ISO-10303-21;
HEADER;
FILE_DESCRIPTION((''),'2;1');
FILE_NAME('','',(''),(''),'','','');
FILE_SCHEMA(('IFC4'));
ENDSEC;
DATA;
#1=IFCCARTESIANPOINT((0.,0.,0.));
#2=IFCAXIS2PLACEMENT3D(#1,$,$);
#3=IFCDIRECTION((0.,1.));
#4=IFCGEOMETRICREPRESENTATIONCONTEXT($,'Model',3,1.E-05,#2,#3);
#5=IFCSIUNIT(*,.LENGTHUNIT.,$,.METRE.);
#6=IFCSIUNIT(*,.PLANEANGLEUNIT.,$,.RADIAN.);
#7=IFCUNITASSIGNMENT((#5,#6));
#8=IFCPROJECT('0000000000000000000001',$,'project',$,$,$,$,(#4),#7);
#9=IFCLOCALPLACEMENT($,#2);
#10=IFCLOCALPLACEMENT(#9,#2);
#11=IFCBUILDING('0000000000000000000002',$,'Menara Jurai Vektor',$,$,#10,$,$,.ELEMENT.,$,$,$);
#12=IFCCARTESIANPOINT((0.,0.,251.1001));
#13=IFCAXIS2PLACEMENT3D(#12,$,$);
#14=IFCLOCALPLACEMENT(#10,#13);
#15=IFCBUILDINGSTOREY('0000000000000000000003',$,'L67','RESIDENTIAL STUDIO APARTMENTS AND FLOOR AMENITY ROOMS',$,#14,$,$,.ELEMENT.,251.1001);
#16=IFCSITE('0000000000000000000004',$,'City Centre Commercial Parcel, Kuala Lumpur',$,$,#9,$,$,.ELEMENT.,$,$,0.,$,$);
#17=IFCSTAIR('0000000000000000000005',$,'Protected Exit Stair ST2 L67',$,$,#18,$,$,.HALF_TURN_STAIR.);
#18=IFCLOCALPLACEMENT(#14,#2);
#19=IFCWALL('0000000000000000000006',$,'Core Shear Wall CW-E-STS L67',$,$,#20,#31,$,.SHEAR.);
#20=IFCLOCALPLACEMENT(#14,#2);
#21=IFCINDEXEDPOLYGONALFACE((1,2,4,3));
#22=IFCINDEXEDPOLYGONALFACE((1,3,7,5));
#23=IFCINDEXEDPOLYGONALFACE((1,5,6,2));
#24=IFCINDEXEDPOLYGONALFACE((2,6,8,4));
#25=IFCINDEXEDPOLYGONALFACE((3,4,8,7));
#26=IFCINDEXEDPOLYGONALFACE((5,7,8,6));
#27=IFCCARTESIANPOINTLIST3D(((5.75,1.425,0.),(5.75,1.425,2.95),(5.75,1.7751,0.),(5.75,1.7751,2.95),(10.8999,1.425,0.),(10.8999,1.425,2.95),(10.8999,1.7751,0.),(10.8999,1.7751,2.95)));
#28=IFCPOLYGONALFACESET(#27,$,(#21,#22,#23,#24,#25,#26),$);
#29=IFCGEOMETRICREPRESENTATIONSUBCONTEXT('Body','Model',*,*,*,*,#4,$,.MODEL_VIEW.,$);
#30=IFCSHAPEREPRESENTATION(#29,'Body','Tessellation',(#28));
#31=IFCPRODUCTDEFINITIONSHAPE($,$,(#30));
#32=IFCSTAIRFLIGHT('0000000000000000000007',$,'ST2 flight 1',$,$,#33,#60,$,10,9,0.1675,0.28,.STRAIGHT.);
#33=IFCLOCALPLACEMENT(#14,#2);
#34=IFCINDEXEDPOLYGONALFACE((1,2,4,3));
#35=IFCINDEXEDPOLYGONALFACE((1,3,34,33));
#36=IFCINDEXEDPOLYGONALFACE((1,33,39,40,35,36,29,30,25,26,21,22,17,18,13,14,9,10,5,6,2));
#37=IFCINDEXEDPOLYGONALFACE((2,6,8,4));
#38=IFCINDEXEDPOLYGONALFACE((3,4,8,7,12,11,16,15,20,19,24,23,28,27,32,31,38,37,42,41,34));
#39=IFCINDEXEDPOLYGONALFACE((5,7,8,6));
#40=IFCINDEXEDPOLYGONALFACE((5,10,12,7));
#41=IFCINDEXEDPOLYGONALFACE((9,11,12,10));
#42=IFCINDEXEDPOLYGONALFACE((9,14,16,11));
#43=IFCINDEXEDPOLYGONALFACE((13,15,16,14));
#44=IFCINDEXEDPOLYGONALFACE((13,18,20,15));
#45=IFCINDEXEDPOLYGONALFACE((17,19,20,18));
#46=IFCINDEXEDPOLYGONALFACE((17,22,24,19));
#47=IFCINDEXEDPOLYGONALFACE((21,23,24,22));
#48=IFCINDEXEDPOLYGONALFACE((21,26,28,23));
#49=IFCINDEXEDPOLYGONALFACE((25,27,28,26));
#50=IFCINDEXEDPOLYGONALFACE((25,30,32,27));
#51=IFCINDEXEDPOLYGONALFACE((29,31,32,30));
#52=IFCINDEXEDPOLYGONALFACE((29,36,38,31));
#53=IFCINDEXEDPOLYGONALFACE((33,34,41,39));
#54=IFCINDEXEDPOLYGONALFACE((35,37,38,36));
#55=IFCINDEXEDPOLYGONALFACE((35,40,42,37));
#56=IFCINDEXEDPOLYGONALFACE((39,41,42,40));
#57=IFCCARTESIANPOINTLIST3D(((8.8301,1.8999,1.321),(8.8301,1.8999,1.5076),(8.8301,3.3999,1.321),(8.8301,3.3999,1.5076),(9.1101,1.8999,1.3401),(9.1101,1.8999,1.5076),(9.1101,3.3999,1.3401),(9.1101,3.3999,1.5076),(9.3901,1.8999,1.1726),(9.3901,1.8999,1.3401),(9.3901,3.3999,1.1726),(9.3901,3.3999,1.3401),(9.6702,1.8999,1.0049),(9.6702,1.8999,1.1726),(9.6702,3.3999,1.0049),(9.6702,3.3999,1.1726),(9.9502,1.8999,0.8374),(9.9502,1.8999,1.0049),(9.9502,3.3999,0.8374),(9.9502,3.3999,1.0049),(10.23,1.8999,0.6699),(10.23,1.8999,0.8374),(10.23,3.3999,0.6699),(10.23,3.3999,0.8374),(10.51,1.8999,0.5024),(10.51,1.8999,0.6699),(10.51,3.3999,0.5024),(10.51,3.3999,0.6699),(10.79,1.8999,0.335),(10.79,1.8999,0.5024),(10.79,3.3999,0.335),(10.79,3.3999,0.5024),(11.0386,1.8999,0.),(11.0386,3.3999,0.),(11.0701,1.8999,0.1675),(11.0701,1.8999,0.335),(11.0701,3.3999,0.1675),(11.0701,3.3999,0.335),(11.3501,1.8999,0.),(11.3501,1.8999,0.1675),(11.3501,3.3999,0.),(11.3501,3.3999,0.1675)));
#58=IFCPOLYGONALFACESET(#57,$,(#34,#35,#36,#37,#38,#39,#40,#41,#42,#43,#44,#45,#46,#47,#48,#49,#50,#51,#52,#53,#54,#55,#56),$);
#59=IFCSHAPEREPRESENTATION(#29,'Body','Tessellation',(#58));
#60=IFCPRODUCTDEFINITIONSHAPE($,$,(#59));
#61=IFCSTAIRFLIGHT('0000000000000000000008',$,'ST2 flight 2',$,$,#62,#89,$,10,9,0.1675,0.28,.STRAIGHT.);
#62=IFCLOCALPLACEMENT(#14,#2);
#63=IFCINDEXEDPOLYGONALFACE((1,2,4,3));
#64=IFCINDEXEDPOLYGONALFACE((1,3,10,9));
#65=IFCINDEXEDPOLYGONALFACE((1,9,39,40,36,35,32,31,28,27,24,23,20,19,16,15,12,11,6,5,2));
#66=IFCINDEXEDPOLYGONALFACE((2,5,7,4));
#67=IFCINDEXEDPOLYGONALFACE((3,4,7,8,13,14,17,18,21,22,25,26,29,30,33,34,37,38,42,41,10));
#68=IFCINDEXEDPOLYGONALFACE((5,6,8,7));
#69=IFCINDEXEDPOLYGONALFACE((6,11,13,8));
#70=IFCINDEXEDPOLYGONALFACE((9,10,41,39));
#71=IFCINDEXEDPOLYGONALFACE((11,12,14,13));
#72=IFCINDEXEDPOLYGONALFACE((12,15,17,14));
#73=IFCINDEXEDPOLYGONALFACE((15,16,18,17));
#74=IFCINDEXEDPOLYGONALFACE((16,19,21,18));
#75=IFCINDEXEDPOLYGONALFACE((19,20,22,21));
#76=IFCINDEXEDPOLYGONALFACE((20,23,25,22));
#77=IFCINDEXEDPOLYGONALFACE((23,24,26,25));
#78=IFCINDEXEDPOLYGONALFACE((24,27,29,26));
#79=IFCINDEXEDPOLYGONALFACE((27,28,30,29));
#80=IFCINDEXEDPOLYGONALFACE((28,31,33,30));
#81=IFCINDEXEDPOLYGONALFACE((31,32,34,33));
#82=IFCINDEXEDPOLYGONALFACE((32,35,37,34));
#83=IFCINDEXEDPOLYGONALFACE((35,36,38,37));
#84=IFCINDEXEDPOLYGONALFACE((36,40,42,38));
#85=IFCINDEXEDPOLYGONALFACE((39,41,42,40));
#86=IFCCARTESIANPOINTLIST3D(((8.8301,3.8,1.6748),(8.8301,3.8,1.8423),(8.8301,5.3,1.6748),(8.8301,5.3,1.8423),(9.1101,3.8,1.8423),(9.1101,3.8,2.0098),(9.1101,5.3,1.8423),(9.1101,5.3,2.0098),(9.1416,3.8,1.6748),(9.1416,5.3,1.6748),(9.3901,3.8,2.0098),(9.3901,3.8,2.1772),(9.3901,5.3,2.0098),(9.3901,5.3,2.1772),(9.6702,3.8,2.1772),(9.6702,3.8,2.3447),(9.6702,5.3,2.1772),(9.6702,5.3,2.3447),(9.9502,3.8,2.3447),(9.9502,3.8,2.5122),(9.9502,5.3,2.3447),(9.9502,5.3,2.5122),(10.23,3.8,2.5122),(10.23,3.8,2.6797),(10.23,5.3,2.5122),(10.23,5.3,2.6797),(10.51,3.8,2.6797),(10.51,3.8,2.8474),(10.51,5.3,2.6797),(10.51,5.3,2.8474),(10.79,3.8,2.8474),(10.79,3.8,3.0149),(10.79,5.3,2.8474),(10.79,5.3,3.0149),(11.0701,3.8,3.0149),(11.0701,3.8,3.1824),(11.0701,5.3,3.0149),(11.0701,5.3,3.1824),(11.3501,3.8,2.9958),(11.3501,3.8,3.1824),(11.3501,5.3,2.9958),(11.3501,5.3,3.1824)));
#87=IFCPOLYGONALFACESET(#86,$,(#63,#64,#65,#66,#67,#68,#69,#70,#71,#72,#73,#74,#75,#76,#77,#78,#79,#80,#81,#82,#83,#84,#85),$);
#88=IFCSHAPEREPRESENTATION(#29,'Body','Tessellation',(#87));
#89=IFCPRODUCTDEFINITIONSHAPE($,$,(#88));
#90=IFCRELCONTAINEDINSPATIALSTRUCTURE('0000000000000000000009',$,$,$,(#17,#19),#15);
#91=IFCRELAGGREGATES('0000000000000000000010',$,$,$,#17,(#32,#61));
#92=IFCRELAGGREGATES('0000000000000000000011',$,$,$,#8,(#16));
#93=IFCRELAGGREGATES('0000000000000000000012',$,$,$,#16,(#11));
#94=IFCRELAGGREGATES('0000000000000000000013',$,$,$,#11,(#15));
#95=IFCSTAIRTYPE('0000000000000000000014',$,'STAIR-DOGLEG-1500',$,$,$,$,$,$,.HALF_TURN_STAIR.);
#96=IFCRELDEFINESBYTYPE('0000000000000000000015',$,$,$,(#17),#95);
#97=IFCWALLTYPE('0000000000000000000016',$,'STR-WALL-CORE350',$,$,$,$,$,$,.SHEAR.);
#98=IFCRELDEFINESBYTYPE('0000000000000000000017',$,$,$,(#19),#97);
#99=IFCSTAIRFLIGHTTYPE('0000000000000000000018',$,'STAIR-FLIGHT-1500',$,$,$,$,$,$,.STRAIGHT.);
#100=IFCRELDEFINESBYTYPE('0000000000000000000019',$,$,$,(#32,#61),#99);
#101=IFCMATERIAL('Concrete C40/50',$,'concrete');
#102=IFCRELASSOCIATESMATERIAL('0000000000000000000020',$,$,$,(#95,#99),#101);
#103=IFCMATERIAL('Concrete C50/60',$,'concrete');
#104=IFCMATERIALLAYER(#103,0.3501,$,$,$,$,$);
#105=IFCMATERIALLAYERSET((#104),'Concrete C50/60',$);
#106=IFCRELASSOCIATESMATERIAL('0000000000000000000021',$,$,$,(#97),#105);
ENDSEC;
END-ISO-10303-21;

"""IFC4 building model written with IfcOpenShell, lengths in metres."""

from ifc_helpers import new_model, si_unit, direction, frame, frame_2d, origin, place, context, subcontext, project, spatial, polyline, rectangle, outline, extrude, material, layer, layer_set, type_object, element, aggregate, save


model = new_model("IFC4")

# Units and contexts
model_context = context("Model", 3, precision=1e-05, world=origin(), true_north=direction((0.0, 1.0)))
body_context = subcontext(model_context, "Body", "Model", "MODEL_VIEW")
ifc_project = project(units=[si_unit("LENGTHUNIT", "METRE"), si_unit("PLANEANGLEUNIT", "RADIAN")], contexts=[model_context])

# Site, building, storey
site_placement = place(None, origin())
site = spatial("IfcSite", under=ifc_project, at=site_placement, Name="City Centre Commercial Parcel, Kuala Lumpur", CompositionType="ELEMENT", RefElevation=0.0)
building_placement = place(site_placement, origin())
building = spatial("IfcBuilding", under=site, at=building_placement, Name="Menara Jurai Vektor", CompositionType="ELEMENT")
storey_placement = place(building_placement, frame((0.0, 0.0, 251.1001)))
storey = spatial("IfcBuildingStorey", under=building, at=storey_placement, Name="L67", Description="RESIDENTIAL STUDIO APARTMENTS AND FLOOR AMENITY ROOMS", CompositionType="ELEMENT", Elevation=251.1001)

# Shared definitions
ifc_material_1 = material(Name="Concrete C50/60", Category="concrete")

# Stair
ifc_material_2 = material(Name="Concrete C40/50", Category="concrete")
stair_type = type_object("IfcStairType", Name="STAIR-DOGLEG-1500", PredefinedType="HALF_TURN_STAIR", material=ifc_material_2)
stair_1_placement = place(storey_placement, origin())
stair_1 = element("IfcStair", 1, at=stair_1_placement, inside=storey, type_object=stair_type, Name="Protected Exit Stair ST2 L67", PredefinedType="HALF_TURN_STAIR")

# Wall
ifc_layer_1 = layer(ifc_material_1, 0.3501)
ifc_layer_set_1 = layer_set([ifc_layer_1], Name="Concrete C50/60")
wall_type_1 = type_object("IfcWallType", Name="STR-WALL-CORE350", PredefinedType="SHEAR", material=ifc_layer_set_1)
wall_1_placement = place(storey_placement, frame((5.75, 1.6001, 0.0), z_axis=(0.0, 0.0, 1.0), x_axis=(1.0, 0.0, 0.0)))
element("IfcWall", 2, at=wall_1_placement, inside=storey, type_object=wall_type_1, Name="Core Shear Wall CW-E-STS L67", PredefinedType="SHEAR", context=body_context, shape_type="SweptSolid", body=[
    extrude(rectangle(XDim=5.1499, YDim=0.3501, at=frame_2d((2.575, 0.0))), origin(), (0.0, 0.0, 1.0), 2.95),
])

# Stair flights
stair_flight_type = type_object("IfcStairFlightType", Name="STAIR-FLIGHT-1500", PredefinedType="STRAIGHT", material=ifc_material_2)
stair_flight_1_placement = place(storey_placement, frame((11.3501, 2.6499, 0.0), z_axis=(0.0, 0.0, 1.0), x_axis=(-1.0, 0.0, 0.0)))
stair_flight_1 = element("IfcStairFlight", 3, at=stair_flight_1_placement, type_object=stair_flight_type, Name="ST2 flight 1", NumberOfRisers=10, NumberOfTreads=9, PredefinedType="STRAIGHT", RiserHeight=0.1675, TreadLength=0.28, context=body_context, shape_type="SweptSolid", body=[
    extrude(outline(polyline([(0.0, 0.0), (0.0, 0.1675), (0.28, 0.1675), (0.28, 0.335), (0.5601, 0.335), (0.5601, 0.5024), (0.8401, 0.5024), (0.8401, 0.6699), (1.1201, 0.6699), (1.1201, 0.8374), (1.3999, 0.8374), (1.3999, 1.0049), (1.6799, 1.0049), (1.6799, 1.1726), (1.96, 1.1726), (1.96, 1.3401), (2.24, 1.3401), (2.24, 1.5076), (2.52, 1.5076), (2.52, 1.675), (2.52, 1.321), (0.3115, 0.0), (0.0, 0.0)])), frame((0.0, 0.75, 0.0), z_axis=(0.0, -1.0, 0.0), x_axis=(1.0, 0.0, 0.0)), (0.0, 0.0, 1.0), 1.5),
])
stair_flight_2_placement = place(storey_placement, frame((8.8301, 4.55, 1.6748), z_axis=(0.0, 0.0, 1.0), x_axis=(1.0, 0.0, 0.0)))
stair_flight_2 = element("IfcStairFlight", 4, at=stair_flight_2_placement, type_object=stair_flight_type, Name="ST2 flight 2", NumberOfRisers=10, NumberOfTreads=9, PredefinedType="STRAIGHT", RiserHeight=0.1675, TreadLength=0.28, context=body_context, shape_type="SweptSolid", body=[
    extrude(outline(polyline([(0.0, 0.0), (0.0, 0.1675), (0.28, 0.1675), (0.28, 0.335), (0.5601, 0.335), (0.5601, 0.5024), (0.8401, 0.5024), (0.8401, 0.6699), (1.1201, 0.6699), (1.1201, 0.8374), (1.3999, 0.8374), (1.3999, 1.0049), (1.6799, 1.0049), (1.6799, 1.1726), (1.96, 1.1726), (1.96, 1.3401), (2.24, 1.3401), (2.24, 1.5076), (2.52, 1.5076), (2.52, 1.675), (2.52, 1.321), (0.3115, 0.0), (0.0, 0.0)])), frame((0.0, 0.75, 0.0), z_axis=(0.0, -1.0, 0.0), x_axis=(1.0, 0.0, 0.0)), (0.0, 0.0, 1.0), 1.5),
])
aggregate(stair_1, [stair_flight_1, stair_flight_2])

save(model, "model.ifc")
